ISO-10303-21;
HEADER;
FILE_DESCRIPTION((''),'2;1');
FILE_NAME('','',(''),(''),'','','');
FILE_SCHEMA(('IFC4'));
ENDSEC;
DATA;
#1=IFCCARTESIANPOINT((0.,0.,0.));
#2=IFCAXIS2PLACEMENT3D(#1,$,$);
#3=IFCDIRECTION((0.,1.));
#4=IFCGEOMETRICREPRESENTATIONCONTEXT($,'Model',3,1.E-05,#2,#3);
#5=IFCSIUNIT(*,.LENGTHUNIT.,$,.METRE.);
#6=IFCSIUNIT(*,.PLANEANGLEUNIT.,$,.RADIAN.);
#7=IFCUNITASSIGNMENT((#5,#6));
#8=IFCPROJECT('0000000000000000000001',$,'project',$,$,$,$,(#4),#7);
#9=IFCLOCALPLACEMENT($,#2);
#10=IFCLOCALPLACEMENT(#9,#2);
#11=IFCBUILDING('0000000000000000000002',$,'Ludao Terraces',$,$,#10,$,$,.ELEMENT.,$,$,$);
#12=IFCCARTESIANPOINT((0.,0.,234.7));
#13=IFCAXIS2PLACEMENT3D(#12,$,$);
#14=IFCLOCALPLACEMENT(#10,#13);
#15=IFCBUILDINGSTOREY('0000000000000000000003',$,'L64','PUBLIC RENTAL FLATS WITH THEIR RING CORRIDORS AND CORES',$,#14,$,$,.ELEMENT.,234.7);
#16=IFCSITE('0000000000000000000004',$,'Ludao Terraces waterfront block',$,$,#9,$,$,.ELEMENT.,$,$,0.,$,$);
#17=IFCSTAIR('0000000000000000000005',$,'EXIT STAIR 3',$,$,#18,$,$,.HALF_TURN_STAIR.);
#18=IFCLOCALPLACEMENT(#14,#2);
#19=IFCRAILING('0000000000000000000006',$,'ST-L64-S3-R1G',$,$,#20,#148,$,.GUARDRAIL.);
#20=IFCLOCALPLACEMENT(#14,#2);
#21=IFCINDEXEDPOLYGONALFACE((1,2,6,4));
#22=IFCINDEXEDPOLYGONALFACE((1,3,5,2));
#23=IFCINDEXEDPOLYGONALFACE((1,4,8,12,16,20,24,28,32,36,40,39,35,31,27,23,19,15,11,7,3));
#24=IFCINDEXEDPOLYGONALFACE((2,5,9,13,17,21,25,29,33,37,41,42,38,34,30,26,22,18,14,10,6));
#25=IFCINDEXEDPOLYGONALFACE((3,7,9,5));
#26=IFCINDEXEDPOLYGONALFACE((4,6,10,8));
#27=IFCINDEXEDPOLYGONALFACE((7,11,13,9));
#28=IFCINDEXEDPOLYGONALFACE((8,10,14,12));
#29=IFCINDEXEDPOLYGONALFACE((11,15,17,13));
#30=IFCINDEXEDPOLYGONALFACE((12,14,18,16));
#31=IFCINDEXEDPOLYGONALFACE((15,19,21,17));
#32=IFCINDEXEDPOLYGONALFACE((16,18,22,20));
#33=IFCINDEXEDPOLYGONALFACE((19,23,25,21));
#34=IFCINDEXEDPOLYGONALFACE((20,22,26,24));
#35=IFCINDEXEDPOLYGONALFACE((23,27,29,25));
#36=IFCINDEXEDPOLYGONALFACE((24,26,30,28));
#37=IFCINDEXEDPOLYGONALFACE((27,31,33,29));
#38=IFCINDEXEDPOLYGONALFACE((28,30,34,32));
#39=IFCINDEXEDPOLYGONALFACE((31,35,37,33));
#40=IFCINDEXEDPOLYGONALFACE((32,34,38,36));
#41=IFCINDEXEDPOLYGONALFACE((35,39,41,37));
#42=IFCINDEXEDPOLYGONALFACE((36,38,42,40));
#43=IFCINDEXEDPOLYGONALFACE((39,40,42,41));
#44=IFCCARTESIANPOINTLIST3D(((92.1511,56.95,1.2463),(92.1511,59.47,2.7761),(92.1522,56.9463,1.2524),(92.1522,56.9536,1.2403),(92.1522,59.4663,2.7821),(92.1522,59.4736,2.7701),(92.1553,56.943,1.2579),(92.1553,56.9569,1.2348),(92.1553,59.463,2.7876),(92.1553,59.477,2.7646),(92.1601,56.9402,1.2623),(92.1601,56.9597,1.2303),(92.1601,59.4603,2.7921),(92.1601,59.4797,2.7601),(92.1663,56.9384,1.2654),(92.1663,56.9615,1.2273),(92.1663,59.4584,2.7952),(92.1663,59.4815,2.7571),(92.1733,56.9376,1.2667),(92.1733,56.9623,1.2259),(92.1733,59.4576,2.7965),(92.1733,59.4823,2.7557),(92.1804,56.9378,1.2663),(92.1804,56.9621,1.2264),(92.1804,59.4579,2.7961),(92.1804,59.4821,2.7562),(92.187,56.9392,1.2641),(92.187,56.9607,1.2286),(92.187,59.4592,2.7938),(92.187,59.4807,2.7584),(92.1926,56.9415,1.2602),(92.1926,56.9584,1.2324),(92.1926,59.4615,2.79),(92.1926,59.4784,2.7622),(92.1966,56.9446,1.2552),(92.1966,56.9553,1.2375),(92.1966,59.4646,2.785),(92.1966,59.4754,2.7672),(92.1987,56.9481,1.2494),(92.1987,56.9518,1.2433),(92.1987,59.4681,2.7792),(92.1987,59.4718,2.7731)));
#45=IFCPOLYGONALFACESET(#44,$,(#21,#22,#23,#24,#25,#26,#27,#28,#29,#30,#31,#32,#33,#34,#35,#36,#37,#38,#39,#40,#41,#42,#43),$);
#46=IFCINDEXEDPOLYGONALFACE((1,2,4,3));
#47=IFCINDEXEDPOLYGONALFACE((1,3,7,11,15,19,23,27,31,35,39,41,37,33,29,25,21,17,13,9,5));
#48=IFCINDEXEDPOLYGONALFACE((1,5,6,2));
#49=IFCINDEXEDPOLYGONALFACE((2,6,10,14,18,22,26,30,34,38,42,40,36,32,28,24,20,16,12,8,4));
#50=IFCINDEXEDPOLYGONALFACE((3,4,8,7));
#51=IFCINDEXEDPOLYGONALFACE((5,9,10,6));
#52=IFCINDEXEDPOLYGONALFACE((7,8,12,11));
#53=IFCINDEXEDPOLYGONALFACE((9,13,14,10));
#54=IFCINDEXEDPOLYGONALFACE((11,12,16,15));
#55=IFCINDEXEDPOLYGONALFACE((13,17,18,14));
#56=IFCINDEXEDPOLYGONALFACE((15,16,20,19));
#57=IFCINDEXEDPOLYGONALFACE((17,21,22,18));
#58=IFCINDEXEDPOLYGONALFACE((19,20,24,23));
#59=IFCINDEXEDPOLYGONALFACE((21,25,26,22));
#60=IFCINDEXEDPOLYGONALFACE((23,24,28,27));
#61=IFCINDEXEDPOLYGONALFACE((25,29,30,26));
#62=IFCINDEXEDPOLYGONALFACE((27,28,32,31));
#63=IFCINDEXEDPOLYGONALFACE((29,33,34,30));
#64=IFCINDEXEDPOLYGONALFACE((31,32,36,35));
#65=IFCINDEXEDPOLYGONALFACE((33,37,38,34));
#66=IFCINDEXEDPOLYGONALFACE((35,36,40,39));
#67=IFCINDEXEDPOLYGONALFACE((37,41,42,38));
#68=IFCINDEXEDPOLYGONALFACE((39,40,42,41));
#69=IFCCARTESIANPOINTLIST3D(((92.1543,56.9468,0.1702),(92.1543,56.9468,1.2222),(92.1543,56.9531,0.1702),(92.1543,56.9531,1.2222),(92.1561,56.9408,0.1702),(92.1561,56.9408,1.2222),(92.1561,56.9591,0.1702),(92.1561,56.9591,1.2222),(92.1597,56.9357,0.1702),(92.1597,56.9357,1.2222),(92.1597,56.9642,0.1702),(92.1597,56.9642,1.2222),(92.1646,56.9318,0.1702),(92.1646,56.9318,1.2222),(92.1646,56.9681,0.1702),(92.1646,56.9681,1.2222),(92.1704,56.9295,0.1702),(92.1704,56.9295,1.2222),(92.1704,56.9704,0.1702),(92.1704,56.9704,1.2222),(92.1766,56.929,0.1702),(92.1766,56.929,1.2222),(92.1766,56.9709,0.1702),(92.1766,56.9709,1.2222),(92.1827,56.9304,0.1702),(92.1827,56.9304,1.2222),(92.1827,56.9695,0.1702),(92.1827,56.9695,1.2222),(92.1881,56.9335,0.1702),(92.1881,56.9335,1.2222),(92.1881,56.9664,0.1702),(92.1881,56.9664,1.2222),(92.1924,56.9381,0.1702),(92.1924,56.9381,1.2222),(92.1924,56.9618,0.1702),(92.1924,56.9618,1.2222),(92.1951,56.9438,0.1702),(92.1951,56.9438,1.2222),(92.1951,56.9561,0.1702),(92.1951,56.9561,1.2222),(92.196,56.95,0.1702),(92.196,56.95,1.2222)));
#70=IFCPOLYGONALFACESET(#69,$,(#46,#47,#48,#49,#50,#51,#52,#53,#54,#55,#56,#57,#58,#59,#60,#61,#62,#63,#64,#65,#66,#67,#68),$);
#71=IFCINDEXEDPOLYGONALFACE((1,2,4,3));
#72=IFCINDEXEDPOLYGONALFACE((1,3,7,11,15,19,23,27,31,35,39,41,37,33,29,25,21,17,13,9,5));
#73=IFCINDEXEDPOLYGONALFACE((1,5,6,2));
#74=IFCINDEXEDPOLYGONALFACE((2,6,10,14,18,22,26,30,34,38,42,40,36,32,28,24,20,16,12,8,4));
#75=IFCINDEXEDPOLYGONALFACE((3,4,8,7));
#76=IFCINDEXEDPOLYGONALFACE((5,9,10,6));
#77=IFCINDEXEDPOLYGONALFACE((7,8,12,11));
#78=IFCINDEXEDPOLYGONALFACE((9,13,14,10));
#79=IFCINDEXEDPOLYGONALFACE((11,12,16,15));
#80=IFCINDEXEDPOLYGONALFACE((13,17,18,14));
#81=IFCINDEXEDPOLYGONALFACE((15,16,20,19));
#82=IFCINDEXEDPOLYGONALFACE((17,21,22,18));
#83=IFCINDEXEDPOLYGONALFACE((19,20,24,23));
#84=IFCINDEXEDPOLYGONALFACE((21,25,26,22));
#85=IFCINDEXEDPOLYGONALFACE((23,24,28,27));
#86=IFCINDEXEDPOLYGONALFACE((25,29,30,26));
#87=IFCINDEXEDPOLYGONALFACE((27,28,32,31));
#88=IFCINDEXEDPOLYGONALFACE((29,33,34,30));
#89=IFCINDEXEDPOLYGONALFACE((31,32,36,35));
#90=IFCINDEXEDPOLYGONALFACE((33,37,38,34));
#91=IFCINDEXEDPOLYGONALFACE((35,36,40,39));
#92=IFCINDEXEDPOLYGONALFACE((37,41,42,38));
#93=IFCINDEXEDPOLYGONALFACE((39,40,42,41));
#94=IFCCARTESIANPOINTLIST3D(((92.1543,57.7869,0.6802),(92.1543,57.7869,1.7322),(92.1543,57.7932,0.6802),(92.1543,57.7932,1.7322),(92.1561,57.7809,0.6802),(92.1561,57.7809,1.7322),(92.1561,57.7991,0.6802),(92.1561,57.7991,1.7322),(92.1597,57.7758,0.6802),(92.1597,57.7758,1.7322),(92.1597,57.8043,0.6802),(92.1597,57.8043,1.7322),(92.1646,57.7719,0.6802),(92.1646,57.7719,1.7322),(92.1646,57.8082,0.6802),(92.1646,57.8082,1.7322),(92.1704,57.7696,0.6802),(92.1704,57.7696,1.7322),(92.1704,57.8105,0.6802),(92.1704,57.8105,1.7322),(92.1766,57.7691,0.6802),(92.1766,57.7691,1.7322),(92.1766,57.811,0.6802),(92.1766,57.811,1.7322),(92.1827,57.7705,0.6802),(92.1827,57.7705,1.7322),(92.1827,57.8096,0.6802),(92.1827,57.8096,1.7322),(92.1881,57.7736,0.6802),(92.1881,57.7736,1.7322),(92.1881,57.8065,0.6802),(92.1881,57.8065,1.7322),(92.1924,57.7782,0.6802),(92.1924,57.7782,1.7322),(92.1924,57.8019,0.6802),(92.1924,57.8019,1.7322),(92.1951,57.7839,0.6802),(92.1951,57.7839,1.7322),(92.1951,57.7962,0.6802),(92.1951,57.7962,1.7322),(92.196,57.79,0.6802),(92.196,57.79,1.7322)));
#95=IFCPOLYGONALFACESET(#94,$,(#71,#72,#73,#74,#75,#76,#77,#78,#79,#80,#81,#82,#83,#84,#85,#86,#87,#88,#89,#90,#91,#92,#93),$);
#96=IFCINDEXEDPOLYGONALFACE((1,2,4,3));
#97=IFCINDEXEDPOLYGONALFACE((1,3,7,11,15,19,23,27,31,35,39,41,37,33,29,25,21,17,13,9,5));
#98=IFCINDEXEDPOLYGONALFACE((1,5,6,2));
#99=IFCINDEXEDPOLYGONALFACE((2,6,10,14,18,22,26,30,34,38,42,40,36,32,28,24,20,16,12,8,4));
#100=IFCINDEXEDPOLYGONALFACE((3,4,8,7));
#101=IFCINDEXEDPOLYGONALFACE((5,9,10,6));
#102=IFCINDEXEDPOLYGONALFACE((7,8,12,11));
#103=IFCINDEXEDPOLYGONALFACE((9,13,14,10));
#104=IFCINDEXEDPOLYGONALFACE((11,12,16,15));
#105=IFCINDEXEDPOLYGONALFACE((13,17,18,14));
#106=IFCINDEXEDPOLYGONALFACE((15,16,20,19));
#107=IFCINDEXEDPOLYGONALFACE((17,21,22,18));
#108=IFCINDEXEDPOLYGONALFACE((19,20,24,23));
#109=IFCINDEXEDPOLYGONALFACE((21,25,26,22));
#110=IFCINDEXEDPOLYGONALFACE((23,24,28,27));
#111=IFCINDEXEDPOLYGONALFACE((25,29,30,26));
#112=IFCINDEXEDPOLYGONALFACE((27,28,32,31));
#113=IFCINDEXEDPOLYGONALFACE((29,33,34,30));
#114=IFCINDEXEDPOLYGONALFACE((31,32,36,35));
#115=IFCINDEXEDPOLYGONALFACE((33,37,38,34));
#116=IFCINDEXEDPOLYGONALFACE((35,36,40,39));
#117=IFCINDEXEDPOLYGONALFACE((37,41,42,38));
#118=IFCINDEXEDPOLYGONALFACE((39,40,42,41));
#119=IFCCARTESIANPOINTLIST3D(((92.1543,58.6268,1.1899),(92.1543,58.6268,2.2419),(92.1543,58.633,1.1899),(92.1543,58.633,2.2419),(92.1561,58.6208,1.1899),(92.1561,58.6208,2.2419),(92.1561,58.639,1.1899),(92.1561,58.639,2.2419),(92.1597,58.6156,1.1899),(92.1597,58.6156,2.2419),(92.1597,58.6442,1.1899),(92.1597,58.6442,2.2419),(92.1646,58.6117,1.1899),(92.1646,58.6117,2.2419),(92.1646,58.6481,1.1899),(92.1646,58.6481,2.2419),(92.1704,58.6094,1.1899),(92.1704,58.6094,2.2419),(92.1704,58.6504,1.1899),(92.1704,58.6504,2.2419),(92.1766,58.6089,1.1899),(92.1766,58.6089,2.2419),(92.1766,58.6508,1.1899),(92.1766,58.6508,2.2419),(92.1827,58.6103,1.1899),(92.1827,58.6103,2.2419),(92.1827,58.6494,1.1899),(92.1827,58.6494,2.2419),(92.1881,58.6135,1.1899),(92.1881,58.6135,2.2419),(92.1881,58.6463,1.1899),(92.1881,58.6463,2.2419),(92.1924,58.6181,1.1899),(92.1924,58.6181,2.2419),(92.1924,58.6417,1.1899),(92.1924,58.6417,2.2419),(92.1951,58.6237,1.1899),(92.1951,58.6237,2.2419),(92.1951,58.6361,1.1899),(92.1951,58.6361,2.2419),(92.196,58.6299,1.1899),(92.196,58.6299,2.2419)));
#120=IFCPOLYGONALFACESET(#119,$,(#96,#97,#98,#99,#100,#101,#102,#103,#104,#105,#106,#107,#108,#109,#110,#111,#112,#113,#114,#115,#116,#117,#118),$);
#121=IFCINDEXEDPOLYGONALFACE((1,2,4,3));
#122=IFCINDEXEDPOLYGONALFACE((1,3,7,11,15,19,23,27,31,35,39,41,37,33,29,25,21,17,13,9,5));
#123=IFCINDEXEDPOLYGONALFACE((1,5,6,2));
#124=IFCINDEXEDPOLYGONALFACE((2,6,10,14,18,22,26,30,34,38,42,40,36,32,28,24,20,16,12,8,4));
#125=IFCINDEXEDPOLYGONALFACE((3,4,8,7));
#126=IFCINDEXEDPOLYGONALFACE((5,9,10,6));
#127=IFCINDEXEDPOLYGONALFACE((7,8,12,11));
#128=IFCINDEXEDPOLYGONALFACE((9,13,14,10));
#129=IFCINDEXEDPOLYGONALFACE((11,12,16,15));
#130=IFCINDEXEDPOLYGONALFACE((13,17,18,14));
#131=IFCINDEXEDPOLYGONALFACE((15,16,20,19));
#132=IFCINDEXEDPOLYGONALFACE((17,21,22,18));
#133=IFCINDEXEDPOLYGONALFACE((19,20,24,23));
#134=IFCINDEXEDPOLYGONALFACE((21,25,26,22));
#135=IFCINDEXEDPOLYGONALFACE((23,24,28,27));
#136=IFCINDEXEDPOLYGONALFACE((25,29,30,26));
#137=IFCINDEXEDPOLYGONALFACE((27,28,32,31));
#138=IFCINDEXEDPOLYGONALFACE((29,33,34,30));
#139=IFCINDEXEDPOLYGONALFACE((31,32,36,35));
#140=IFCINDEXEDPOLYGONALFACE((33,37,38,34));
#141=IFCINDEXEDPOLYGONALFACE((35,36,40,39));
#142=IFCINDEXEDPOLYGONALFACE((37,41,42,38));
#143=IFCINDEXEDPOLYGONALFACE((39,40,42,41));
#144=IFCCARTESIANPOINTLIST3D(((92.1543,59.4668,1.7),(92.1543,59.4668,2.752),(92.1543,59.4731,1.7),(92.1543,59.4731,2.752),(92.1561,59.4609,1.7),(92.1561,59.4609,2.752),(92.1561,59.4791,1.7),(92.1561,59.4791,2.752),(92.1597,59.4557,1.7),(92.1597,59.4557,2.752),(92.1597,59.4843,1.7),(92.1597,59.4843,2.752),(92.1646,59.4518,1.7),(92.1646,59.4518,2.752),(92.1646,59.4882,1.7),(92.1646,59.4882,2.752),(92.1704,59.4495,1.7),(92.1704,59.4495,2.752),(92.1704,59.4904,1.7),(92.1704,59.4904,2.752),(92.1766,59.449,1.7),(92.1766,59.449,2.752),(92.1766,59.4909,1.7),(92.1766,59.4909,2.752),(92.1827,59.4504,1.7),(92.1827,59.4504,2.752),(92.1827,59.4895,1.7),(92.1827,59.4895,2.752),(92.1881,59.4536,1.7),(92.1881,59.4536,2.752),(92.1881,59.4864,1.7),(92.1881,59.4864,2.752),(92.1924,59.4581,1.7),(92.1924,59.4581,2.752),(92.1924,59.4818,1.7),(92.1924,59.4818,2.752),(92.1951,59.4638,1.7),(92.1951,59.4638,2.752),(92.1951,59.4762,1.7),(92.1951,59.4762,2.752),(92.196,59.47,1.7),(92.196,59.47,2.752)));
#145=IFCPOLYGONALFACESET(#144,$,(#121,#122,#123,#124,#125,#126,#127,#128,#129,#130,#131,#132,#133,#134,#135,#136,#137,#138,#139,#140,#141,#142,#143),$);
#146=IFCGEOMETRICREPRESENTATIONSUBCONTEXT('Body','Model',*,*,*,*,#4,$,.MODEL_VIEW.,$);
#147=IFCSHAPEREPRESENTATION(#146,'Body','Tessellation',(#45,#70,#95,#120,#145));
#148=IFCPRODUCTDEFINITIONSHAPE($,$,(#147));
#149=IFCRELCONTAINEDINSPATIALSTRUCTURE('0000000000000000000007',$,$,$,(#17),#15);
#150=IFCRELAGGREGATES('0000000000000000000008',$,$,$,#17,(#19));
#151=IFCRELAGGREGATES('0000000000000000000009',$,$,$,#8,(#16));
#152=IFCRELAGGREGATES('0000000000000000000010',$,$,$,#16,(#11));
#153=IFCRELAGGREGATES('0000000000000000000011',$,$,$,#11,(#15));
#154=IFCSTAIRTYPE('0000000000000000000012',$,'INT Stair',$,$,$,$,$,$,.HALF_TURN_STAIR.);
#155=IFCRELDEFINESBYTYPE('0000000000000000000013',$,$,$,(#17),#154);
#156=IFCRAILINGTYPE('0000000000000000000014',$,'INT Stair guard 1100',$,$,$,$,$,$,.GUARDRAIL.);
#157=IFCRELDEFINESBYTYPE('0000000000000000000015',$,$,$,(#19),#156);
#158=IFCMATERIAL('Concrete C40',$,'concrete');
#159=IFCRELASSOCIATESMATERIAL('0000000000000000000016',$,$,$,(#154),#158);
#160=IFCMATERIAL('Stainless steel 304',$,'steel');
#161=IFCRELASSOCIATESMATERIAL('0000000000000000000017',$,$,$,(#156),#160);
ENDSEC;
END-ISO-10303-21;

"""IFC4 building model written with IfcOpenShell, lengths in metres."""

from ifc_helpers import new_model, si_unit, direction, frame, origin, origin_2d, place, context, subcontext, project, spatial, circle, extrude, material, type_object, element, aggregate, save


model = new_model("IFC4")

# Units and contexts
model_context = context("Model", 3, precision=1e-05, world=origin(), true_north=direction((0.0, 1.0)))
body_context = subcontext(model_context, "Body", "Model", "MODEL_VIEW")
ifc_project = project(units=[si_unit("LENGTHUNIT", "METRE"), si_unit("PLANEANGLEUNIT", "RADIAN")], contexts=[model_context])

# Site, building, storey
site_placement = place(None, origin())
site = spatial("IfcSite", under=ifc_project, at=site_placement, Name="Ludao Terraces waterfront block", CompositionType="ELEMENT", RefElevation=0.0)
building_placement = place(site_placement, origin())
building = spatial("IfcBuilding", under=site, at=building_placement, Name="Ludao Terraces", CompositionType="ELEMENT")
storey_placement = place(building_placement, frame((0.0, 0.0, 234.7)))
storey = spatial("IfcBuildingStorey", under=building, at=storey_placement, Name="L64", Description="PUBLIC RENTAL FLATS WITH THEIR RING CORRIDORS AND CORES", CompositionType="ELEMENT", Elevation=234.7)

# Shared definitions
ifc_material_1 = material(Name="Concrete C40", Category="concrete")

# Stair, railing
stair_type = type_object("IfcStairType", Name="INT Stair", PredefinedType="HALF_TURN_STAIR", material=ifc_material_1)
stair_placement = place(storey_placement, origin())
stair = element("IfcStair", 1, at=stair_placement, inside=storey, type_object=stair_type, Name="EXIT STAIR 3", PredefinedType="HALF_TURN_STAIR")
ifc_material_2 = material(Name="Stainless steel 304", Category="steel")
railing_type_1 = type_object("IfcRailingType", Name="INT Stair guard 1100", PredefinedType="GUARDRAIL", material=ifc_material_2)
railing_1_placement = place(storey_placement, frame((92.175, 56.95, 0.1702)))
railing_1 = element("IfcRailing", 2, at=railing_1_placement, type_object=railing_type_1, Name="ST-L64-S3-R1G", PredefinedType="GUARDRAIL", context=body_context, shape_type="SweptSolid", body=[
    extrude(circle(Radius=0.0239, at=origin_2d()), frame((0.0, 0.0, 1.0762), z_axis=(0.0, 0.854822, 0.518922), x_axis=(-1.0, 0.0, 0.0)), (0.0, 0.0, 1.0), 2.948),
    extrude(circle(Radius=0.021, at=origin_2d()), origin(), (0.0, 0.0, 1.0), 1.052),
    extrude(circle(Radius=0.021, at=origin_2d()), frame((0.0, 0.8401, 0.51)), (0.0, 0.0, 1.0), 1.052),
    extrude(circle(Radius=0.021, at=origin_2d()), frame((0.0, 1.6799, 1.0198)), (0.0, 0.0, 1.0), 1.052),
    extrude(circle(Radius=0.021, at=origin_2d()), frame((0.0, 2.52, 1.5298)), (0.0, 0.0, 1.0), 1.052),
])
aggregate(stair, [railing_1])

save(model, "model.ifc")
